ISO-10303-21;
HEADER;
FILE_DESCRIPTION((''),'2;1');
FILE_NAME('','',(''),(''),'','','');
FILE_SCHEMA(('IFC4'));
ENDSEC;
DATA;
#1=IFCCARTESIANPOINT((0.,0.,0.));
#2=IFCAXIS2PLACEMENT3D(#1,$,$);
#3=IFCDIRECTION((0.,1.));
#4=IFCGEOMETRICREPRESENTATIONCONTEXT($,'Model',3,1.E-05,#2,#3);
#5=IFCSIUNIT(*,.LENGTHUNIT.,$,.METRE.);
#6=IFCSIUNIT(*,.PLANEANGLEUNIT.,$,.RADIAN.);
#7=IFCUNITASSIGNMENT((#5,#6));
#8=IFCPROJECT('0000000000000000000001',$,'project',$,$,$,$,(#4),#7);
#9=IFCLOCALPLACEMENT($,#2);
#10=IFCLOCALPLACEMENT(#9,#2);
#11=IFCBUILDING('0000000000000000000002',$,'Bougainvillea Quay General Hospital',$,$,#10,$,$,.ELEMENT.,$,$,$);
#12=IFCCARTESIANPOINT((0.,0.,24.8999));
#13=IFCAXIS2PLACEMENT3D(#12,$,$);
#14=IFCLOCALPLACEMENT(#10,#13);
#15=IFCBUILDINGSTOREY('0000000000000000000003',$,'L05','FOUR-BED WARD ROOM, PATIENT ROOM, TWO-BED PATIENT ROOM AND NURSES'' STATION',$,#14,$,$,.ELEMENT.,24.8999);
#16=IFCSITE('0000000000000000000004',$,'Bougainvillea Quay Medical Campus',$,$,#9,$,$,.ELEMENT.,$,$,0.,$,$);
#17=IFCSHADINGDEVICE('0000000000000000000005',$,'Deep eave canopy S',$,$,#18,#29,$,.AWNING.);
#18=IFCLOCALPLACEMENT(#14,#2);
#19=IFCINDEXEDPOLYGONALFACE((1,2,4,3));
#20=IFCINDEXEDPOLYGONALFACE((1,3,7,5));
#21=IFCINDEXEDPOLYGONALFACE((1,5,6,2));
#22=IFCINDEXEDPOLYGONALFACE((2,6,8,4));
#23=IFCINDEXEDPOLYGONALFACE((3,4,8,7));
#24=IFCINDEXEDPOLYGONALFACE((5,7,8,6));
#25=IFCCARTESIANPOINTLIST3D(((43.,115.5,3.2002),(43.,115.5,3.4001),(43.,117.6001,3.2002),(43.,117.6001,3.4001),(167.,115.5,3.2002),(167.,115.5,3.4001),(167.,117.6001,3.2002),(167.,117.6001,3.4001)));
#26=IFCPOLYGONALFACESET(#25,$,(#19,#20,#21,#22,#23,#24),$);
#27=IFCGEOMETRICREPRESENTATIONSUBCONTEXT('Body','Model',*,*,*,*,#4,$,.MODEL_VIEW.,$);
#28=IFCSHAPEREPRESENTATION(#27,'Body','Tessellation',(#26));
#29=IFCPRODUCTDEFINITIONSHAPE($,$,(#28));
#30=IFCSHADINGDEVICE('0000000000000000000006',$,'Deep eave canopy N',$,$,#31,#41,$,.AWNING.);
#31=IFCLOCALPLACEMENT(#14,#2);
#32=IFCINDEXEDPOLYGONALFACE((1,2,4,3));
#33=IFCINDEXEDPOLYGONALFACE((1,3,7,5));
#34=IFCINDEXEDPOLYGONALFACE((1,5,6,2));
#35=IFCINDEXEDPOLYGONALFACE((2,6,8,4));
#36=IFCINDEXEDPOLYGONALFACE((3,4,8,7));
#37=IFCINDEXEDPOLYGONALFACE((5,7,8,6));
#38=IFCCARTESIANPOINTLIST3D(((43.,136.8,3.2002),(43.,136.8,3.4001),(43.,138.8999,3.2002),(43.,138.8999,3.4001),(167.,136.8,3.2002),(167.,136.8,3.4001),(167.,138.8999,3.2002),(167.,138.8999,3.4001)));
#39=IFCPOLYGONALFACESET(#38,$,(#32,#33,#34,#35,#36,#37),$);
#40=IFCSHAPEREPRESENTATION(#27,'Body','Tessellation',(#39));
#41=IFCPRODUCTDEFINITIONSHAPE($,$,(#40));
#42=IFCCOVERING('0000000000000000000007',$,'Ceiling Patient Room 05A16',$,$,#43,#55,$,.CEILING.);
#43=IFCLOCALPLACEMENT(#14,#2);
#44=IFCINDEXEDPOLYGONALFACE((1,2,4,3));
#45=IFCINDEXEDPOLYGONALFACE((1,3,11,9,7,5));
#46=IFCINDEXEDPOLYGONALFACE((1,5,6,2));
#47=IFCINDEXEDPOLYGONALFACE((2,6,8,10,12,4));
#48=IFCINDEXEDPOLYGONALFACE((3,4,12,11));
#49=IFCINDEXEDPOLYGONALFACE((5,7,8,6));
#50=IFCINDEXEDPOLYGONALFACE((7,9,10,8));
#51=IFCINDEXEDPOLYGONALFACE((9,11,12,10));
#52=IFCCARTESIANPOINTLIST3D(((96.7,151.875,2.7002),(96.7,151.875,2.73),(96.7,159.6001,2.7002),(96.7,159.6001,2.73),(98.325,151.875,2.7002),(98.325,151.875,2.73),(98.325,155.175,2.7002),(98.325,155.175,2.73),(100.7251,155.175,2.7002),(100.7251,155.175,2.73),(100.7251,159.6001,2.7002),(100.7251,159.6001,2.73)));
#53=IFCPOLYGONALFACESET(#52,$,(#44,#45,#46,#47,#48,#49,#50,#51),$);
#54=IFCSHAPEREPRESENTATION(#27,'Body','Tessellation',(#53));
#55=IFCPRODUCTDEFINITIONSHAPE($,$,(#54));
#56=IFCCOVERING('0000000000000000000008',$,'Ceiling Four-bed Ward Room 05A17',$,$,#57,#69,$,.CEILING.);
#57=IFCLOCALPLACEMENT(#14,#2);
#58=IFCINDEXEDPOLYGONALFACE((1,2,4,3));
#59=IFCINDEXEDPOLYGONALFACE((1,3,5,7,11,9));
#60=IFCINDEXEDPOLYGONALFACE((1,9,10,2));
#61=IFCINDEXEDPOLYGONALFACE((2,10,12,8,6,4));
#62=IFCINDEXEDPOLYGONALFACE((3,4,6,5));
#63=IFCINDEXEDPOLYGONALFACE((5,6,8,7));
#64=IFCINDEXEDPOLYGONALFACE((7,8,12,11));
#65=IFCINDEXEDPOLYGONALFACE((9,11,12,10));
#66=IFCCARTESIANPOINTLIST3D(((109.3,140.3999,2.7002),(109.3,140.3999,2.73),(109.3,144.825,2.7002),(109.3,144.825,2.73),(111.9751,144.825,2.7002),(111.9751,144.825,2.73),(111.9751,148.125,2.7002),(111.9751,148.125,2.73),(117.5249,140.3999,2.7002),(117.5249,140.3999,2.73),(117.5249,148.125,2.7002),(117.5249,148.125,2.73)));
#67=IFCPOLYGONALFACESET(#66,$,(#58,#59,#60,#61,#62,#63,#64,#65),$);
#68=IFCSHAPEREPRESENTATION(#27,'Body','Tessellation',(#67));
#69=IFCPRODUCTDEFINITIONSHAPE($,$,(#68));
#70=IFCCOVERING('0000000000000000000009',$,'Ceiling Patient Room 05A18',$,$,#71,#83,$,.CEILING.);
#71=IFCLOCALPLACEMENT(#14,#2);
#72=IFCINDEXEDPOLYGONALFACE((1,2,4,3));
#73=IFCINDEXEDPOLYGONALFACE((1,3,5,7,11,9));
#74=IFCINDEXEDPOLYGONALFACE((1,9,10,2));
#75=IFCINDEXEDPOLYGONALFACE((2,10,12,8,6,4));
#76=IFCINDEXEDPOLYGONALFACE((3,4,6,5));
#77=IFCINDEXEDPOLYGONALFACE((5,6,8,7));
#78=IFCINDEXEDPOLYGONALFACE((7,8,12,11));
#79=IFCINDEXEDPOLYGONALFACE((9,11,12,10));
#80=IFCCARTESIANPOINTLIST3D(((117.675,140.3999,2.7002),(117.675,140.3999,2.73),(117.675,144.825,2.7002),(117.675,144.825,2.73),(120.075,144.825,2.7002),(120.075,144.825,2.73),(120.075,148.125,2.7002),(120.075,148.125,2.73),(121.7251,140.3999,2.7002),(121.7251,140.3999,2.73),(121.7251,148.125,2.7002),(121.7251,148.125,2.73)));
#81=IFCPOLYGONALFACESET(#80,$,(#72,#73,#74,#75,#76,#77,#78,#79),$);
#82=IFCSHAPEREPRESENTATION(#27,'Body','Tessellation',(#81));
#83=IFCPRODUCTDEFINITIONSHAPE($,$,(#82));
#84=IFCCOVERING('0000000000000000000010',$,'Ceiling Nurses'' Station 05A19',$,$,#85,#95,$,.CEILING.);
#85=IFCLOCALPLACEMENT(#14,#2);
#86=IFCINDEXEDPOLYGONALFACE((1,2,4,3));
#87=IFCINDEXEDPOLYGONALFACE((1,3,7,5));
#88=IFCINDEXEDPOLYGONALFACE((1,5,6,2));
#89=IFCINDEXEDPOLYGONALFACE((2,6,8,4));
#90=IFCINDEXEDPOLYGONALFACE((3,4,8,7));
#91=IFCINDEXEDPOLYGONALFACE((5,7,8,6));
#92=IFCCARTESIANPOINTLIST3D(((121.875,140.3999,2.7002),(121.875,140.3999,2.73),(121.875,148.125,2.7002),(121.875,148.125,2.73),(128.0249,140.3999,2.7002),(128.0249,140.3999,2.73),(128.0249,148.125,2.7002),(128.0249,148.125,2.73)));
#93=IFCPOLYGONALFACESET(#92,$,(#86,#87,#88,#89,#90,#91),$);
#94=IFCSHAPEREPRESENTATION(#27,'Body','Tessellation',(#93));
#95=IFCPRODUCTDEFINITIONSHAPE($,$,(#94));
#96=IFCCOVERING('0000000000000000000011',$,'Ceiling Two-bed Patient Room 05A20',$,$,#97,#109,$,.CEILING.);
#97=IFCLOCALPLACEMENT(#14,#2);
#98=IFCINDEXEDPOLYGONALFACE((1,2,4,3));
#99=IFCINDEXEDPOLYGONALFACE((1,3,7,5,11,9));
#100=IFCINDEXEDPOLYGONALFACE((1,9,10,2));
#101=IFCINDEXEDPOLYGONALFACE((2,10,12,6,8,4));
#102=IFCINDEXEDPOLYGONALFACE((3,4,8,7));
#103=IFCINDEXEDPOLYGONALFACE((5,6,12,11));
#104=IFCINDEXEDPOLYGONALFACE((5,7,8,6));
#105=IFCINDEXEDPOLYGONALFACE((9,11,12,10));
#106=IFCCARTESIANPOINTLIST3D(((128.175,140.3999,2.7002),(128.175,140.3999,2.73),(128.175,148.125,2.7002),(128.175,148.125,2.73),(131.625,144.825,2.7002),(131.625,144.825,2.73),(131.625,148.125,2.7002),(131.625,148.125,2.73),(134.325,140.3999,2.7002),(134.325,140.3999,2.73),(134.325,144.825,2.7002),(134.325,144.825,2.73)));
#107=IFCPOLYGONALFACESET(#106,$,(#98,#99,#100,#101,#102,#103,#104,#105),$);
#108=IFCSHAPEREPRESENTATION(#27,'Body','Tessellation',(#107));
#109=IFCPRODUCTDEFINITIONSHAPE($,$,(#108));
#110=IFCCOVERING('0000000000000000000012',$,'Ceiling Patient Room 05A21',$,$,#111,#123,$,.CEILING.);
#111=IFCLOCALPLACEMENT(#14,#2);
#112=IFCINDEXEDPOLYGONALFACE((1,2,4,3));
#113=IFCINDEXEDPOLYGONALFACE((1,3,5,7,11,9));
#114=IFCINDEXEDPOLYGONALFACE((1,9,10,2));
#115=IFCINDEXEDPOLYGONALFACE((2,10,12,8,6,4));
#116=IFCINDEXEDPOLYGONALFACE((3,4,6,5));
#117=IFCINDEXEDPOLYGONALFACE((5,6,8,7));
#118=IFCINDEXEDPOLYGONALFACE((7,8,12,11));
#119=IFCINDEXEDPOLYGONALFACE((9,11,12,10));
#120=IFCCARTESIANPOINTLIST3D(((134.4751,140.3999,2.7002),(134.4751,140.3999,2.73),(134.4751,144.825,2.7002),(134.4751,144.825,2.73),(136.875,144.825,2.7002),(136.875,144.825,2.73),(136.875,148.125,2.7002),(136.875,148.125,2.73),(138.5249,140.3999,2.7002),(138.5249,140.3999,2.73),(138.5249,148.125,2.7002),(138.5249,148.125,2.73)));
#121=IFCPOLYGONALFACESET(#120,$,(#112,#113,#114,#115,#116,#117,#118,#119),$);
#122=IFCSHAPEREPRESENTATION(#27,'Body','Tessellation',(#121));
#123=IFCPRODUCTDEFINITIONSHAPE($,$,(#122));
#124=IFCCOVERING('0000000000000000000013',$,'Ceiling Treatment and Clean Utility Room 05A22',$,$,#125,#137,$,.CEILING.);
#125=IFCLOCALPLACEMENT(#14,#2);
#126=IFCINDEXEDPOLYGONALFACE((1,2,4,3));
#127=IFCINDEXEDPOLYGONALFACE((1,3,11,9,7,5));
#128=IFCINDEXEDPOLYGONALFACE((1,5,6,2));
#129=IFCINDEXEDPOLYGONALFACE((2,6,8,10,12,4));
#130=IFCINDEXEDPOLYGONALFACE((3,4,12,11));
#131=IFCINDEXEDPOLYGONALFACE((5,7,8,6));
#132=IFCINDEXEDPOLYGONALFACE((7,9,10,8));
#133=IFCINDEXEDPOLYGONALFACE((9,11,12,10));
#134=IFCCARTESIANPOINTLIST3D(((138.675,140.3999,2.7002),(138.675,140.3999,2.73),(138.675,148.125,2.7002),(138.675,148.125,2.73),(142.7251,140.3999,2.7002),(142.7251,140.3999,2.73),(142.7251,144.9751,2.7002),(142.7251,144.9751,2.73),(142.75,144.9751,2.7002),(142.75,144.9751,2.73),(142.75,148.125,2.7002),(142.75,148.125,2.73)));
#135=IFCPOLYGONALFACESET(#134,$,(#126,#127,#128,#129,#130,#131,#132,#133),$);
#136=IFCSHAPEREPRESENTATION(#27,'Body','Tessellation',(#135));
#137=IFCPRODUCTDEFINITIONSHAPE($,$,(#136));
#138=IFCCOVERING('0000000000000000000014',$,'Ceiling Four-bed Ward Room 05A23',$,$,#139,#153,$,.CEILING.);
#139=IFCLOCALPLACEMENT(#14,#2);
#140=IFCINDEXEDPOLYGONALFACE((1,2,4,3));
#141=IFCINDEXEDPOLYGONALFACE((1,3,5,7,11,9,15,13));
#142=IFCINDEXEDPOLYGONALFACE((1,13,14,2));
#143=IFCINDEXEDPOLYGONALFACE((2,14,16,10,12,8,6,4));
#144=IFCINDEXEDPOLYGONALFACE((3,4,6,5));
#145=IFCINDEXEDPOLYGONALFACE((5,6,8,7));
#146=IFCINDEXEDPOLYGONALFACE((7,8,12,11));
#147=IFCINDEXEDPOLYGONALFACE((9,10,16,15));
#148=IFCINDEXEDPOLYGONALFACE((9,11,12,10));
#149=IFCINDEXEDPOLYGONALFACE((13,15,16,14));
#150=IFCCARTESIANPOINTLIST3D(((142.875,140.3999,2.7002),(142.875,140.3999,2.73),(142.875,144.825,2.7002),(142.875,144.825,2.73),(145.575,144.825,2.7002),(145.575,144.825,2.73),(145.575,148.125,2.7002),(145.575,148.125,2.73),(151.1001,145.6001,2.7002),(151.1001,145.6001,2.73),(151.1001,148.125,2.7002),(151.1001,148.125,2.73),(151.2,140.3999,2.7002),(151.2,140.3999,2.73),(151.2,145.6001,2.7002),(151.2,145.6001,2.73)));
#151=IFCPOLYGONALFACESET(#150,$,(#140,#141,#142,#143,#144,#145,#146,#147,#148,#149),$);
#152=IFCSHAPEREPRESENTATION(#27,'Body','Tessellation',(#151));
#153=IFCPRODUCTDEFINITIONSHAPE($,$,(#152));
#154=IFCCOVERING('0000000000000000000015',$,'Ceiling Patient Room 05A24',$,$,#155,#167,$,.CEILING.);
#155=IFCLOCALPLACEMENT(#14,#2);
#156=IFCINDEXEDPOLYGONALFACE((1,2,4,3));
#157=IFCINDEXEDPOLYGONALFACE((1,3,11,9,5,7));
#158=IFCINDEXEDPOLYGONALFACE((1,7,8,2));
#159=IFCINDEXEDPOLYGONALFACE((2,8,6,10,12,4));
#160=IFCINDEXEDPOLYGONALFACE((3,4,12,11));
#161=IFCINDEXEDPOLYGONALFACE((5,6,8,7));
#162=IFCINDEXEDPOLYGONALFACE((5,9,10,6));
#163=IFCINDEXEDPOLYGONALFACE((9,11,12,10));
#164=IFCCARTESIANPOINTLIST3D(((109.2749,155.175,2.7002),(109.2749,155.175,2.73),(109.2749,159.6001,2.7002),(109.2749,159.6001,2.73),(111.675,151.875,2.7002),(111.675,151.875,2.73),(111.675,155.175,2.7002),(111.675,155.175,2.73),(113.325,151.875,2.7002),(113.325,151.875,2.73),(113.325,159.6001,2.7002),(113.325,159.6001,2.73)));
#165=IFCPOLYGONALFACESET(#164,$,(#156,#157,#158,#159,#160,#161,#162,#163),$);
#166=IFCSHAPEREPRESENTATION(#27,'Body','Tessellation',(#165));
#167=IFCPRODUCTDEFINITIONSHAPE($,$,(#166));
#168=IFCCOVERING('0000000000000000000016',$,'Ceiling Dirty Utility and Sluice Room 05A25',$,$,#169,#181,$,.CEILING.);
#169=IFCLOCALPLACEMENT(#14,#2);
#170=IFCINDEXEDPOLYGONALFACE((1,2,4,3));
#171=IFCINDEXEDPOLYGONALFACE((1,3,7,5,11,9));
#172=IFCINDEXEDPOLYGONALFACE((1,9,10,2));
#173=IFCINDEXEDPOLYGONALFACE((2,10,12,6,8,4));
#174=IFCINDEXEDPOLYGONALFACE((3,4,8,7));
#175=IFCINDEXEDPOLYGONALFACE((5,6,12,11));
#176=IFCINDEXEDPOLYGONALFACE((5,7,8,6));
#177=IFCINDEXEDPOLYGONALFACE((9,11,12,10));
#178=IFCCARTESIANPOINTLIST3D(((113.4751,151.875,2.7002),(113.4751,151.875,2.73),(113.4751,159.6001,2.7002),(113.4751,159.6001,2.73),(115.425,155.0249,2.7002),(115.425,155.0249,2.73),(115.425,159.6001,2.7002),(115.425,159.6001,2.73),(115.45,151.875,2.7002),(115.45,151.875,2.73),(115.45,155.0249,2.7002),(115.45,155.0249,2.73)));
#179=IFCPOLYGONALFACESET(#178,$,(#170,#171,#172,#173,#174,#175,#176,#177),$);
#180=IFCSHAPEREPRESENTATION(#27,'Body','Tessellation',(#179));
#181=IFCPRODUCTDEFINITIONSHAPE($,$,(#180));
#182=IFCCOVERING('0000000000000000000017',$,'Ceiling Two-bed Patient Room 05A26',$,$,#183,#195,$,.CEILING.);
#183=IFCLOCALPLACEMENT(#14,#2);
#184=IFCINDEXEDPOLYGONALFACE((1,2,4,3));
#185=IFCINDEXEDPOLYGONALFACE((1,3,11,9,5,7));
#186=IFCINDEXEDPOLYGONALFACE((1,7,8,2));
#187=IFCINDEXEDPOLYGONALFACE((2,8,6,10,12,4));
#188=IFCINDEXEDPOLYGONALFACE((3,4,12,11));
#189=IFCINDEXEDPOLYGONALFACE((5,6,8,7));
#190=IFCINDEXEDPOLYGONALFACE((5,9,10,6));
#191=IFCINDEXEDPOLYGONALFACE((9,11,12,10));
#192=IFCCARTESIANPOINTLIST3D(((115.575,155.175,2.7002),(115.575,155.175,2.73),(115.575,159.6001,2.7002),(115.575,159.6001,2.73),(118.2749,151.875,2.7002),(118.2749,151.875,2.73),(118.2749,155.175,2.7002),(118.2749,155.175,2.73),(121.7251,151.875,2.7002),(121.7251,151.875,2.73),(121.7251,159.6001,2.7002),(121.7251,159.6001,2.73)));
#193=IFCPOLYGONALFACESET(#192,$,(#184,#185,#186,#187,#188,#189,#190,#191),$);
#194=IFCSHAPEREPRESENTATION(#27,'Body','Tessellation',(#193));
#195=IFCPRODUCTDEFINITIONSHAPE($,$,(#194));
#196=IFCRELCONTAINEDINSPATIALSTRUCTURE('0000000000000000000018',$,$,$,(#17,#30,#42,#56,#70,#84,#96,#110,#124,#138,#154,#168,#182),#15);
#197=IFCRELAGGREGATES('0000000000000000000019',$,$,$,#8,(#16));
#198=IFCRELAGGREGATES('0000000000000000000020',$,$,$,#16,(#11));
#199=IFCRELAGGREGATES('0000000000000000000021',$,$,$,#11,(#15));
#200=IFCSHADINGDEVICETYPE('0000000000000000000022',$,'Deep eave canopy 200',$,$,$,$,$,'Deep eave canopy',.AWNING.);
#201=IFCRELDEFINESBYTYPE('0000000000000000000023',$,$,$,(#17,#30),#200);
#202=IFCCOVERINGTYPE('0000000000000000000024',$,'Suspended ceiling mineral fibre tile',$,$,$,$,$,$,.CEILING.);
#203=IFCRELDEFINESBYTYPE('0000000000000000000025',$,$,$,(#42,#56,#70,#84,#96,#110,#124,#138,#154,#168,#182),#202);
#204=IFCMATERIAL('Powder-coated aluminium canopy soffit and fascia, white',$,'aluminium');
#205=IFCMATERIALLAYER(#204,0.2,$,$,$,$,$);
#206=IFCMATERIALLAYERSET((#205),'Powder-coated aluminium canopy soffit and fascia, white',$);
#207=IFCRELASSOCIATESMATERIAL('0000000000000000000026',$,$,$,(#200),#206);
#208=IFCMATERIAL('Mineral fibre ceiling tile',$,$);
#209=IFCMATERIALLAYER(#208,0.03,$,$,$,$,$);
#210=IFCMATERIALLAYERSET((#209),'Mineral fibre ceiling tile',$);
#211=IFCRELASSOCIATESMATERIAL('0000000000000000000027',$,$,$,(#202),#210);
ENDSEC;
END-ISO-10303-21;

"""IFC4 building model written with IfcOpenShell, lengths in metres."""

from ifc_helpers import new_model, si_unit, direction, frame, origin, place, context, subcontext, project, spatial, polyline, outline, extrude, material, layer, layer_set, type_object, element, save


model = new_model("IFC4")

# Units and contexts
model_context = context("Model", 3, precision=1e-05, world=origin(), true_north=direction((0.0, 1.0)))
body_context = subcontext(model_context, "Body", "Model", "MODEL_VIEW")
ifc_project = project(units=[si_unit("LENGTHUNIT", "METRE"), si_unit("PLANEANGLEUNIT", "RADIAN")], contexts=[model_context])

# Site, building, storey
site_placement = place(None, origin())
site = spatial("IfcSite", under=ifc_project, at=site_placement, Name="Bougainvillea Quay Medical Campus", CompositionType="ELEMENT", RefElevation=0.0)
building_placement = place(site_placement, origin())
building = spatial("IfcBuilding", under=site, at=building_placement, Name="Bougainvillea Quay General Hospital", CompositionType="ELEMENT")
storey_placement = place(building_placement, frame((0.0, 0.0, 24.8999)))
storey = spatial("IfcBuildingStorey", under=building, at=storey_placement, Name="L05", Description="FOUR-BED WARD ROOM, PATIENT ROOM, TWO-BED PATIENT ROOM AND NURSES' STATION", CompositionType="ELEMENT", Elevation=24.8999)

# Shading devices
ifc_material_1 = material(Name="Powder-coated aluminium canopy soffit and fascia, white", Category="aluminium")
ifc_layer_1 = layer(ifc_material_1, 0.2)
ifc_layer_set_1 = layer_set([ifc_layer_1], Name="Powder-coated aluminium canopy soffit and fascia, white")
shading_device_type = type_object("IfcShadingDeviceType", Name="Deep eave canopy 200", ElementType="Deep eave canopy", PredefinedType="AWNING", material=ifc_layer_set_1)
shading_device_1_placement = place(storey_placement, frame((0.0, 0.0, 3.2002)))
element("IfcShadingDevice", 1, at=shading_device_1_placement, inside=storey, type_object=shading_device_type, Name="Deep eave canopy S", PredefinedType="AWNING", context=body_context, shape_type="SweptSolid", body=[
    extrude(outline(polyline([(43.0, 117.6001), (167.0, 117.6001), (167.0, 115.5), (43.0, 115.5), (43.0, 117.6001)])), origin(), (0.0, 0.0, 1.0), 0.2),
])
shading_device_2_placement = place(storey_placement, frame((0.0, 0.0, 3.2002)))
element("IfcShadingDevice", 2, at=shading_device_2_placement, inside=storey, type_object=shading_device_type, Name="Deep eave canopy N", PredefinedType="AWNING", context=body_context, shape_type="SweptSolid", body=[
    extrude(outline(polyline([(43.0, 136.8), (167.0, 136.8), (167.0, 138.8999), (43.0, 138.8999), (43.0, 136.8)])), origin(), (0.0, 0.0, 1.0), 0.2),
])

# Coverings
ifc_material_2 = material(Name="Mineral fibre ceiling tile")
ifc_layer_2 = layer(ifc_material_2, 0.03)
ifc_layer_set_2 = layer_set([ifc_layer_2], Name="Mineral fibre ceiling tile")
covering_type = type_object("IfcCoveringType", Name="Suspended ceiling mineral fibre tile", PredefinedType="CEILING", material=ifc_layer_set_2)
covering_1_placement = place(storey_placement, frame((0.0, 0.0, 2.7002)))
element("IfcCovering", 3, at=covering_1_placement, inside=storey, type_object=covering_type, Name="Ceiling Patient Room 05A16", PredefinedType="CEILING", context=body_context, shape_type="SweptSolid", body=[
    extrude(outline(polyline([(96.7, 159.6001), (96.7, 151.875), (98.325, 151.875), (98.325, 155.175), (100.7251, 155.175), (100.7251, 159.6001), (96.7, 159.6001)])), origin(), (0.0, 0.0, 1.0), 0.0298),
])
covering_2_placement = place(storey_placement, frame((0.0, 0.0, 2.7002)))
element("IfcCovering", 4, at=covering_2_placement, inside=storey, type_object=covering_type, Name="Ceiling Four-bed Ward Room 05A17", PredefinedType="CEILING", context=body_context, shape_type="SweptSolid", body=[
    extrude(outline(polyline([(117.5249, 140.3999), (117.5249, 148.125), (111.9751, 148.125), (111.9751, 144.825), (109.3, 144.825), (109.3, 140.3999), (117.5249, 140.3999)])), origin(), (0.0, 0.0, 1.0), 0.0298),
])
covering_3_placement = place(storey_placement, frame((0.0, 0.0, 2.7002)))
element("IfcCovering", 5, at=covering_3_placement, inside=storey, type_object=covering_type, Name="Ceiling Patient Room 05A18", PredefinedType="CEILING", context=body_context, shape_type="SweptSolid", body=[
    extrude(outline(polyline([(121.7251, 140.3999), (121.7251, 148.125), (120.075, 148.125), (120.075, 144.825), (117.675, 144.825), (117.675, 140.3999), (121.7251, 140.3999)])), origin(), (0.0, 0.0, 1.0), 0.0298),
])
covering_4_placement = place(storey_placement, frame((0.0, 0.0, 2.7002)))
element("IfcCovering", 6, at=covering_4_placement, inside=storey, type_object=covering_type, Name="Ceiling Nurses' Station 05A19", PredefinedType="CEILING", context=body_context, shape_type="SweptSolid", body=[
    extrude(outline(polyline([(128.0249, 140.3999), (128.0249, 148.125), (121.875, 148.125), (121.875, 140.3999), (128.0249, 140.3999)])), origin(), (0.0, 0.0, 1.0), 0.0298),
])
covering_5_placement = place(storey_placement, frame((0.0, 0.0, 2.7002)))
element("IfcCovering", 7, at=covering_5_placement, inside=storey, type_object=covering_type, Name="Ceiling Two-bed Patient Room 05A20", PredefinedType="CEILING", context=body_context, shape_type="SweptSolid", body=[
    extrude(outline(polyline([(134.325, 140.3999), (134.325, 144.825), (131.625, 144.825), (131.625, 148.125), (128.175, 148.125), (128.175, 140.3999), (134.325, 140.3999)])), origin(), (0.0, 0.0, 1.0), 0.0298),
])
covering_6_placement = place(storey_placement, frame((0.0, 0.0, 2.7002)))
element("IfcCovering", 8, at=covering_6_placement, inside=storey, type_object=covering_type, Name="Ceiling Patient Room 05A21", PredefinedType="CEILING", context=body_context, shape_type="SweptSolid", body=[
    extrude(outline(polyline([(138.5249, 140.3999), (138.5249, 148.125), (136.875, 148.125), (136.875, 144.825), (134.4751, 144.825), (134.4751, 140.3999), (138.5249, 140.3999)])), origin(), (0.0, 0.0, 1.0), 0.0298),
])
covering_7_placement = place(storey_placement, frame((0.0, 0.0, 2.7002)))
element("IfcCovering", 9, at=covering_7_placement, inside=storey, type_object=covering_type, Name="Ceiling Treatment and Clean Utility Room 05A22", PredefinedType="CEILING", context=body_context, shape_type="SweptSolid", body=[
    extrude(outline(polyline([(142.7251, 140.3999), (142.7251, 144.9751), (142.75, 144.9751), (142.75, 148.125), (138.675, 148.125), (138.675, 140.3999), (142.7251, 140.3999)])), origin(), (0.0, 0.0, 1.0), 0.0298),
])
covering_8_placement = place(storey_placement, frame((0.0, 0.0, 2.7002)))
element("IfcCovering", 10, at=covering_8_placement, inside=storey, type_object=covering_type, Name="Ceiling Four-bed Ward Room 05A23", PredefinedType="CEILING", context=body_context, shape_type="SweptSolid", body=[
    extrude(outline(polyline([(151.2, 145.6001), (151.1001, 145.6001), (151.1001, 148.125), (145.575, 148.125), (145.575, 144.825), (142.875, 144.825), (142.875, 140.3999), (151.2, 140.3999), (151.2, 145.6001)])), origin(), (0.0, 0.0, 1.0), 0.0298),
])
covering_9_placement = place(storey_placement, frame((0.0, 0.0, 2.7002)))
element("IfcCovering", 11, at=covering_9_placement, inside=storey, type_object=covering_type, Name="Ceiling Patient Room 05A24", PredefinedType="CEILING", context=body_context, shape_type="SweptSolid", body=[
    extrude(outline(polyline([(109.2749, 159.6001), (109.2749, 155.175), (111.675, 155.175), (111.675, 151.875), (113.325, 151.875), (113.325, 159.6001), (109.2749, 159.6001)])), origin(), (0.0, 0.0, 1.0), 0.0298),
])
covering_10_placement = place(storey_placement, frame((0.0, 0.0, 2.7002)))
element("IfcCovering", 12, at=covering_10_placement, inside=storey, type_object=covering_type, Name="Ceiling Dirty Utility and Sluice Room 05A25", PredefinedType="CEILING", context=body_context, shape_type="SweptSolid", body=[
    extrude(outline(polyline([(113.4751, 159.6001), (113.4751, 151.875), (115.45, 151.875), (115.45, 155.0249), (115.425, 155.0249), (115.425, 159.6001), (113.4751, 159.6001)])), origin(), (0.0, 0.0, 1.0), 0.0298),
])
covering_11_placement = place(storey_placement, frame((0.0, 0.0, 2.7002)))
element("IfcCovering", 13, at=covering_11_placement, inside=storey, type_object=covering_type, Name="Ceiling Two-bed Patient Room 05A26", PredefinedType="CEILING", context=body_context, shape_type="SweptSolid", body=[
    extrude(outline(polyline([(115.575, 159.6001), (115.575, 155.175), (118.2749, 155.175), (118.2749, 151.875), (121.7251, 151.875), (121.7251, 159.6001), (115.575, 159.6001)])), origin(), (0.0, 0.0, 1.0), 0.0298),
])

save(model, "model.ifc")
